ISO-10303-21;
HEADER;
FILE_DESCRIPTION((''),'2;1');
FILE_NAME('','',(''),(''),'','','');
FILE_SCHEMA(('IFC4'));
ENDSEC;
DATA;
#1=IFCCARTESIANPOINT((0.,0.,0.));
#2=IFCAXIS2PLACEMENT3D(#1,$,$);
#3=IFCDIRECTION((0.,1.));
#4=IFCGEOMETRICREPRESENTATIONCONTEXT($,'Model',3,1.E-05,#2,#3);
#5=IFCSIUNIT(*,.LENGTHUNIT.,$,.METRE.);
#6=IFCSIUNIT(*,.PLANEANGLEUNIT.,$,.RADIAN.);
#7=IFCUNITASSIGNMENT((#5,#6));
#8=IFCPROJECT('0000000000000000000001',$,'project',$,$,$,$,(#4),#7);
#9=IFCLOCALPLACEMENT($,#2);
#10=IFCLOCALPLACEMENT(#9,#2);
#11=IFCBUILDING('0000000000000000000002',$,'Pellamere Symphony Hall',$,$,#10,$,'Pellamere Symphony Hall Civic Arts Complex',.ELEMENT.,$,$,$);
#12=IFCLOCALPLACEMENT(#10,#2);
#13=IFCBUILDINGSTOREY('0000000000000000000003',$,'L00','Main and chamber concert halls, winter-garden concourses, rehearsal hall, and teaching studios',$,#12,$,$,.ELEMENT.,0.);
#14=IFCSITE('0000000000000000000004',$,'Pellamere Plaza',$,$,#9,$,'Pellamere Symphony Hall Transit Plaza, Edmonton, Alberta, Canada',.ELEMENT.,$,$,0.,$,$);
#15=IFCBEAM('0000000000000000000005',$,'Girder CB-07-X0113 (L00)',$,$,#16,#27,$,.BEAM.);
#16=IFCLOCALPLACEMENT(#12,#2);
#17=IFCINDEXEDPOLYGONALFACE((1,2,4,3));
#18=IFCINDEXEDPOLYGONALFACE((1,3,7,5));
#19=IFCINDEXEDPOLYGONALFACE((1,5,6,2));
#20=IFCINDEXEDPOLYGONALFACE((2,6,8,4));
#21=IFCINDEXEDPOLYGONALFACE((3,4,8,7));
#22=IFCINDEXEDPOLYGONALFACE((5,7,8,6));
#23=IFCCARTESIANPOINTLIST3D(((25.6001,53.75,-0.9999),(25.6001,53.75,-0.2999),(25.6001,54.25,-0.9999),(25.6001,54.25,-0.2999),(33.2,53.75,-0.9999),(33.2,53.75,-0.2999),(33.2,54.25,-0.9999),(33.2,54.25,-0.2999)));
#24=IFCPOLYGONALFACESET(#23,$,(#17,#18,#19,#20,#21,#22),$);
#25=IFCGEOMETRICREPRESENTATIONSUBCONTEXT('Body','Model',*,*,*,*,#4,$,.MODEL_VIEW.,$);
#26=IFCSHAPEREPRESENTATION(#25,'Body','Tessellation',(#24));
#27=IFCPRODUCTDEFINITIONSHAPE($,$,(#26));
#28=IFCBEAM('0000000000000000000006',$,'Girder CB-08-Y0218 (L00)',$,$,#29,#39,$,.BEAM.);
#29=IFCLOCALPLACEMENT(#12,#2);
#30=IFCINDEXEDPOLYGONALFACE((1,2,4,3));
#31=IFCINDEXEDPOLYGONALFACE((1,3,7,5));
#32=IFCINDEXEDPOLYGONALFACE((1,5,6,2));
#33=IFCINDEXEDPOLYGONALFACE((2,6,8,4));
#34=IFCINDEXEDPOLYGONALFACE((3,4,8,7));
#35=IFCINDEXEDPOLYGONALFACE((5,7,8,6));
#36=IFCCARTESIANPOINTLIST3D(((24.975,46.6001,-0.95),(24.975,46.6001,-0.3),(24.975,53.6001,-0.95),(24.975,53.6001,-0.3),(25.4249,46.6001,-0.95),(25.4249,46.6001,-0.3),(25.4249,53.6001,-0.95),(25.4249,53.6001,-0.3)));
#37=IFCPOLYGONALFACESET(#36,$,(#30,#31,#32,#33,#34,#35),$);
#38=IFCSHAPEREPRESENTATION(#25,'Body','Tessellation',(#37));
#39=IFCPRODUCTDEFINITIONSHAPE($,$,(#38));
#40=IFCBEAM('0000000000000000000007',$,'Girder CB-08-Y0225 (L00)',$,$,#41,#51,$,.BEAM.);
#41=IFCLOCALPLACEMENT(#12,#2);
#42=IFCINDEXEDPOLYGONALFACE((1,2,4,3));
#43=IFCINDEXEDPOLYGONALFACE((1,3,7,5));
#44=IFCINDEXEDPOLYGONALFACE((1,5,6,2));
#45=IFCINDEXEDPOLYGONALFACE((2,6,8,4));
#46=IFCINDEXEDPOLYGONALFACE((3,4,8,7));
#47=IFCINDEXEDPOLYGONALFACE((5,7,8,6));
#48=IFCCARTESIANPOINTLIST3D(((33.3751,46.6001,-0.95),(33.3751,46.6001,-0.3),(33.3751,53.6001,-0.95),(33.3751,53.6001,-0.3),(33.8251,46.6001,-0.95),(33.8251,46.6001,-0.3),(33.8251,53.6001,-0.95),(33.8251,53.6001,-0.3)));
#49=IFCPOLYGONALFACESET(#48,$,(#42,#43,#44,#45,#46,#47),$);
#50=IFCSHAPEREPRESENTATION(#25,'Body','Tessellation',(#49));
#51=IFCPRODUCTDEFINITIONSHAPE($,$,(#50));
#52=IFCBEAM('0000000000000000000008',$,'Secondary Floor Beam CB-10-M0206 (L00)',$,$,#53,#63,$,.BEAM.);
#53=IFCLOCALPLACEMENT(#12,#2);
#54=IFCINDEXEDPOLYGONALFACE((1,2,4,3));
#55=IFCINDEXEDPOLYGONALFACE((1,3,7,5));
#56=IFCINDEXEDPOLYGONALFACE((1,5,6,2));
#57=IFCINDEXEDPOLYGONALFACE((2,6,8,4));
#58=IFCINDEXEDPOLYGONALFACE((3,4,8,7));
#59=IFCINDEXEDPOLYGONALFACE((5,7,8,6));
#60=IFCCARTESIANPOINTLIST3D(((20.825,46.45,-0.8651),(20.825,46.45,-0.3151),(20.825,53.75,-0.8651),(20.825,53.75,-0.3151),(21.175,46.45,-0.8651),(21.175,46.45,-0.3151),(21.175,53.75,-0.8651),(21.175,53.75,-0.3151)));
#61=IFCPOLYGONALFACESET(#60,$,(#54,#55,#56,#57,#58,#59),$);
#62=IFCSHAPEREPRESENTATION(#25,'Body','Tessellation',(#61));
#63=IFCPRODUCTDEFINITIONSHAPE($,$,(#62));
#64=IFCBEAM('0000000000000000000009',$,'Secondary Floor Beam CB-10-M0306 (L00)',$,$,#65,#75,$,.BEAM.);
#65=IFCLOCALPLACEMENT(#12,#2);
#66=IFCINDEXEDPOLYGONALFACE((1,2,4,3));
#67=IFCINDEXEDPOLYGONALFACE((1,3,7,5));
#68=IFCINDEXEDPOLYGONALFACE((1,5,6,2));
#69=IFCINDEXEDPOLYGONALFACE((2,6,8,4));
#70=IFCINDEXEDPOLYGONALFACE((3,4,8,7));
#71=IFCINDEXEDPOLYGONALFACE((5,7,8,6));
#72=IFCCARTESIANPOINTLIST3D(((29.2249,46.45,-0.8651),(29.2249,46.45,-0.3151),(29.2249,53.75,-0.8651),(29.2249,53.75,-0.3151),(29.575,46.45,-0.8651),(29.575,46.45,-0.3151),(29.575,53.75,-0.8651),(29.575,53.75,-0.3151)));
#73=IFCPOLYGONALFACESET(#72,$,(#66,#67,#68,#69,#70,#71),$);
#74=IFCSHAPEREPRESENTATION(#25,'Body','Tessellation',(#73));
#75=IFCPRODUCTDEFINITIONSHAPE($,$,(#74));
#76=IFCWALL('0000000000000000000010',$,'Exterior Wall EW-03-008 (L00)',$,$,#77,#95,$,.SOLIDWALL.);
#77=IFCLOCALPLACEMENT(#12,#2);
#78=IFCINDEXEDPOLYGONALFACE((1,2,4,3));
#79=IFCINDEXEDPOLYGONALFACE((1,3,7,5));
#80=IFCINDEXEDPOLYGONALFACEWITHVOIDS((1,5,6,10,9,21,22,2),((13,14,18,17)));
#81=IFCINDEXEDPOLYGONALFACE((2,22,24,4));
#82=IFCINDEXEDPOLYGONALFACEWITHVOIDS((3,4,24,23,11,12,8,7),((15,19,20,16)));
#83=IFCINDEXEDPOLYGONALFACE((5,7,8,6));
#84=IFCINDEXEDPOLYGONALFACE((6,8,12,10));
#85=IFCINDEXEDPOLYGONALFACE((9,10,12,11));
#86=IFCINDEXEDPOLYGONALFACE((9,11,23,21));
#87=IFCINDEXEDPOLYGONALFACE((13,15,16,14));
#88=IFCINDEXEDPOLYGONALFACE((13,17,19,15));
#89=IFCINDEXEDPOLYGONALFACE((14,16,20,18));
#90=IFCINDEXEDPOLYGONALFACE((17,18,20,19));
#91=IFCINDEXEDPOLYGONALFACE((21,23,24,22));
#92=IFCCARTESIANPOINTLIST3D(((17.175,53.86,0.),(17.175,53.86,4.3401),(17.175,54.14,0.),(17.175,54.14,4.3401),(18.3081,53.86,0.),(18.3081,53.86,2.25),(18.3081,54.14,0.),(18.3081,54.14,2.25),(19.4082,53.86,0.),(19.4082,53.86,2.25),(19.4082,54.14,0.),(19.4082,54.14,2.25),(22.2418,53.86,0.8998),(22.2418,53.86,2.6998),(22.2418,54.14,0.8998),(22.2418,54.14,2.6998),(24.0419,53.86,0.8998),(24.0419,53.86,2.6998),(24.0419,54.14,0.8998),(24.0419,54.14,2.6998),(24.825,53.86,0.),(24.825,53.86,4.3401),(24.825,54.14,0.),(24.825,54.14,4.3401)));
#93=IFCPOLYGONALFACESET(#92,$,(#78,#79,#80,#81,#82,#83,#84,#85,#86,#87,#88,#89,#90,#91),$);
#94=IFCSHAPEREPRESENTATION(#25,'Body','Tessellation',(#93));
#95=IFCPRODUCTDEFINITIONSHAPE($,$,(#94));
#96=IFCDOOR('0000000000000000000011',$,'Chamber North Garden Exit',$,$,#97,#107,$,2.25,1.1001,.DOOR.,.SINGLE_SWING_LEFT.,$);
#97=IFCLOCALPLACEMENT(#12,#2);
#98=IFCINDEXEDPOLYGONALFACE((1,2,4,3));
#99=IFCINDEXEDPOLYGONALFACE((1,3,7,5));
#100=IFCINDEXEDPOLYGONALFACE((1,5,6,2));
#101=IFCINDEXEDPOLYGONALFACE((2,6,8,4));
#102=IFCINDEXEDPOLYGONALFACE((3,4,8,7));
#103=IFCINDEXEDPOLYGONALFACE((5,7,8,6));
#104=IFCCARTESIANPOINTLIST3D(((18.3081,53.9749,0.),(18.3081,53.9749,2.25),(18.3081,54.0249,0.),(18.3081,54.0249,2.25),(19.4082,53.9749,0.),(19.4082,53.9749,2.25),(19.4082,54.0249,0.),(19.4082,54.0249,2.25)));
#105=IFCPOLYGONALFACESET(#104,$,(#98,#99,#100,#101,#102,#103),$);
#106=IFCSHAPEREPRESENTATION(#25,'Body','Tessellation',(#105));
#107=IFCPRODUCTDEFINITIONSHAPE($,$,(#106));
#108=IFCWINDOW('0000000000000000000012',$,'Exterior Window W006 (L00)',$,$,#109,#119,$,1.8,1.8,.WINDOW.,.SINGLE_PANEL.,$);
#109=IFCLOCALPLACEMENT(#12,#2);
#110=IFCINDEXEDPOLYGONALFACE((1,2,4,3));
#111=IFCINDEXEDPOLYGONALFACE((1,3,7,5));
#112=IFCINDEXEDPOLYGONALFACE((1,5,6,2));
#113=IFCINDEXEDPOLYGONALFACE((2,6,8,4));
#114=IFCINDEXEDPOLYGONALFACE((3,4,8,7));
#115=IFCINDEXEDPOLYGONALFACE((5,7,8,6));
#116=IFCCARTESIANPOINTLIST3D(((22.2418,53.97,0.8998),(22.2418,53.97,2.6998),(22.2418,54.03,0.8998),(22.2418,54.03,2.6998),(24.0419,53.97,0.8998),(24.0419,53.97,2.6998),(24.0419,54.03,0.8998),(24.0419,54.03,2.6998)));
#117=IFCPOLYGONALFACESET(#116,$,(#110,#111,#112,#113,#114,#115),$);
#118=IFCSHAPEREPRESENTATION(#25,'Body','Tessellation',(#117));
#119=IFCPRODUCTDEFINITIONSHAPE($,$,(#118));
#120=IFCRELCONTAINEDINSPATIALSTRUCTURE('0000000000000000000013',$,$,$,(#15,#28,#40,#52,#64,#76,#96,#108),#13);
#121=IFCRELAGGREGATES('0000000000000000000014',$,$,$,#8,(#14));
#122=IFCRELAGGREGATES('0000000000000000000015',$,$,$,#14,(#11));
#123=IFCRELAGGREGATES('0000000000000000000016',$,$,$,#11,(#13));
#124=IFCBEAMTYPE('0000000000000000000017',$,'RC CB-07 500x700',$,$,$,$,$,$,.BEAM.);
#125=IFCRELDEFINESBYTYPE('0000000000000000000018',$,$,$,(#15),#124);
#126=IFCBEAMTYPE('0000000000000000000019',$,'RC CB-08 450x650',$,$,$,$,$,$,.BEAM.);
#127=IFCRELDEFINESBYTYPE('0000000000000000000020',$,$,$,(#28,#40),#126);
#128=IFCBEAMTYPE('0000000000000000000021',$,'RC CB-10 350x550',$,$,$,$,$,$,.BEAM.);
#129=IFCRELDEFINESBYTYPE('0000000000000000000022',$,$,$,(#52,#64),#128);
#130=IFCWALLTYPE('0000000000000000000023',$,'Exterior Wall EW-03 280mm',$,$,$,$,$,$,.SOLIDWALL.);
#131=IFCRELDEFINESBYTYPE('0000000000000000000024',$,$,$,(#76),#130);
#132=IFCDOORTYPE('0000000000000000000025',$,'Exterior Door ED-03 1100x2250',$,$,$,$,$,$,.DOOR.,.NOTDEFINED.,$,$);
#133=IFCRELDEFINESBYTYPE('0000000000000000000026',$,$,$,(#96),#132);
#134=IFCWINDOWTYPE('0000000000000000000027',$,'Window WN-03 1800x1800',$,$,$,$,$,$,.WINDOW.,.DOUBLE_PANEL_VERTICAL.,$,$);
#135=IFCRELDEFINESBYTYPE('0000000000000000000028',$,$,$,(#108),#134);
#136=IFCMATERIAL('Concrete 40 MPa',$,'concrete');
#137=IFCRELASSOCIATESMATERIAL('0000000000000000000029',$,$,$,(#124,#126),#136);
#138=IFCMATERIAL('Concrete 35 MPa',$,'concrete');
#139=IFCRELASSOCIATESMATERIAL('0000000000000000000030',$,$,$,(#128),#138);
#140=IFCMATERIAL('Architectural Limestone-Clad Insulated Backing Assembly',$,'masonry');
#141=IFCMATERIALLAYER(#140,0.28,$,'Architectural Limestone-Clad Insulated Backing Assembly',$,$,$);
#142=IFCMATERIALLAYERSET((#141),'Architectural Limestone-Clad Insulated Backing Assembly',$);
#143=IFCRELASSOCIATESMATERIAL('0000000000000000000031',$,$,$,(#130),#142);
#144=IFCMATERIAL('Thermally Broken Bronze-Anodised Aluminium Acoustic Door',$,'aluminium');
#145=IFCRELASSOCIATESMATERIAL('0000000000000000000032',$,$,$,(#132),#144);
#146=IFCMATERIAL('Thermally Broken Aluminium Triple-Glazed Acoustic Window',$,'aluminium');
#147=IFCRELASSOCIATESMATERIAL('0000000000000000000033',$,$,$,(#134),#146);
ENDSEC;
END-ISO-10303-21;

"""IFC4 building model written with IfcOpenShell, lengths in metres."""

from ifc_helpers import new_model, si_unit, direction, frame, frame_2d, origin, origin_2d, place, context, subcontext, project, spatial, rectangle, extrude, material, layer, layer_set, material_profile, profile_set, type_object, element, fill, save


model = new_model("IFC4")

# Units and contexts
model_context = context("Model", 3, precision=1e-05, world=origin(), true_north=direction((0.0, 1.0)))
body_context = subcontext(model_context, "Body", "Model", "MODEL_VIEW")
ifc_project = project(units=[si_unit("LENGTHUNIT", "METRE"), si_unit("PLANEANGLEUNIT", "RADIAN")], contexts=[model_context])

# Site, building, storey
site_placement = place(None, origin())
site = spatial("IfcSite", under=ifc_project, at=site_placement, Name="Pellamere Plaza", LongName="Pellamere Symphony Hall Transit Plaza, Edmonton, Alberta, Canada", CompositionType="ELEMENT", RefElevation=0.0)
building_placement = place(site_placement, origin())
building = spatial("IfcBuilding", under=site, at=building_placement, Name="Pellamere Symphony Hall", LongName="Pellamere Symphony Hall Civic Arts Complex", CompositionType="ELEMENT")
storey_placement = place(building_placement, origin())
storey = spatial("IfcBuildingStorey", under=building, at=storey_placement, Name="L00", Description="Main and chamber concert halls, winter-garden concourses, rehearsal hall, and teaching studios", CompositionType="ELEMENT", Elevation=0.0)

# Shared definitions
ifc_material_1 = material(Name="Concrete 40 MPa", Category="concrete")

# Beams
ifc_material_profile_1 = material_profile(ifc_material_1, rectangle(XDim=0.5, YDim=0.7, at=origin_2d()), Name="RC 500x700")
ifc_profile_set_1 = profile_set([ifc_material_profile_1], Name="Concrete 40 MPa")
beam_type_1 = type_object("IfcBeamType", Name="RC CB-07 500x700", PredefinedType="BEAM", material=ifc_profile_set_1)
beam_1_placement = place(storey_placement, frame((25.6001, 54.0, -0.6499), z_axis=(1.0, 0.0, 0.0), x_axis=(0.0, 1.0, 0.0)))
element("IfcBeam", 1, at=beam_1_placement, inside=storey, type_object=beam_type_1, Name="Girder CB-07-X0113 (L00)", PredefinedType="BEAM", context=body_context, shape_type="SweptSolid", body=[
    extrude(rectangle(XDim=0.5, YDim=0.7, at=origin_2d()), origin(), (0.0, 0.0, 1.0), 7.5999),
])
ifc_material_profile_2 = material_profile(ifc_material_1, rectangle(XDim=0.45, YDim=0.6499, at=origin_2d()), Name="RC 450x650")
ifc_profile_set_2 = profile_set([ifc_material_profile_2], Name="Concrete 40 MPa")
beam_type_2 = type_object("IfcBeamType", Name="RC CB-08 450x650", PredefinedType="BEAM", material=ifc_profile_set_2)
for number, where, z_axis, x_axis, name in (
    (2, (25.2, 46.6001, -0.625), (0.0, 1.0, 0.0), (-1.0, 0.0, 0.0), "Girder CB-08-Y0218 (L00)"),
    (3, (33.6001, 46.6001, -0.625), (0.0, 1.0, 0.0), (-1.0, 0.0, 0.0), "Girder CB-08-Y0225 (L00)"),
):
    element("IfcBeam", number, at=place(storey_placement, frame(where, z_axis=z_axis, x_axis=x_axis)), inside=storey, type_object=beam_type_2, Name=name, PredefinedType="BEAM", context=body_context, shape_type="SweptSolid", body=[
        extrude(rectangle(XDim=0.45, YDim=0.6499, at=origin_2d()), origin(), (0.0, 0.0, 1.0), 7.0),
    ])
ifc_material_2 = material(Name="Concrete 35 MPa", Category="concrete")
ifc_material_profile_3 = material_profile(ifc_material_2, rectangle(XDim=0.3501, YDim=0.55, at=origin_2d()), Name="RC 350x550")
ifc_profile_set_3 = profile_set([ifc_material_profile_3], Name="Concrete 35 MPa")
beam_type_3 = type_object("IfcBeamType", Name="RC CB-10 350x550", PredefinedType="BEAM", material=ifc_profile_set_3)
for number, where, z_axis, x_axis, name in (
    (4, (21.0, 46.45, -0.5901), (0.0, 1.0, 0.0), (-1.0, 0.0, 0.0), "Secondary Floor Beam CB-10-M0206 (L00)"),
    (5, (29.3999, 46.45, -0.5901), (0.0, 1.0, 0.0), (-1.0, 0.0, 0.0), "Secondary Floor Beam CB-10-M0306 (L00)"),
):
    element("IfcBeam", number, at=place(storey_placement, frame(where, z_axis=z_axis, x_axis=x_axis)), inside=storey, type_object=beam_type_3, Name=name, PredefinedType="BEAM", context=body_context, shape_type="SweptSolid", body=[
        extrude(rectangle(XDim=0.3501, YDim=0.55, at=origin_2d()), origin(), (0.0, 0.0, 1.0), 7.3),
    ])

# Wall, openings, door, window
ifc_material_3 = material(Name="Architectural Limestone-Clad Insulated Backing Assembly", Category="masonry")
ifc_layer = layer(ifc_material_3, 0.28, Name="Architectural Limestone-Clad Insulated Backing Assembly")
ifc_layer_set = layer_set([ifc_layer], Name="Architectural Limestone-Clad Insulated Backing Assembly")
wall_type = type_object("IfcWallType", Name="Exterior Wall EW-03 280mm", PredefinedType="SOLIDWALL", material=ifc_layer_set)
wall_placement = place(storey_placement, frame((17.175, 54.0, 0.0), z_axis=(0.0, 0.0, 1.0), x_axis=(1.0, 0.0, 0.0)))
wall = element("IfcWall", 6, at=wall_placement, inside=storey, type_object=wall_type, Name="Exterior Wall EW-03-008 (L00)", PredefinedType="SOLIDWALL", context=body_context, shape_type="SweptSolid", body=[
    extrude(rectangle(XDim=7.6499, YDim=0.28, at=frame_2d((3.825, 0.0))), origin(), (0.0, 0.0, 1.0), 4.3401),
])
opening_1_placement = place(wall_placement, frame((5.0669, 0.0, 0.8999)))
opening_1 = element("IfcOpeningElement", 7, at=opening_1_placement, cuts=wall, PredefinedType="OPENING", context=body_context, shape_type="SweptSolid", body=[
    extrude(rectangle(XDim=1.8, YDim=1.8, at=frame_2d((0.8999, 0.8999))), frame((0.0, 0.1499, 0.0), z_axis=(0.0, -1.0, 0.0), x_axis=(1.0, 0.0, 0.0)), (0.0, 0.0, 1.0), 0.3),
])
opening_2_placement = place(wall_placement, frame((1.1331, 0.0, 0.0)))
opening_2 = element("IfcOpeningElement", 8, at=opening_2_placement, cuts=wall, PredefinedType="OPENING", context=body_context, shape_type="SweptSolid", body=[
    extrude(rectangle(XDim=1.1001, YDim=2.25, at=frame_2d((0.55, 1.125))), frame((0.0, 0.1499, 0.0), z_axis=(0.0, -1.0, 0.0), x_axis=(1.0, 0.0, 0.0)), (0.0, 0.0, 1.0), 0.3),
])
ifc_material_4 = material(Name="Thermally Broken Bronze-Anodised Aluminium Acoustic Door", Category="aluminium")
door_type = type_object("IfcDoorType", Name="Exterior Door ED-03 1100x2250", OperationType="NOTDEFINED", PredefinedType="DOOR", material=ifc_material_4)
door_placement = place(opening_2_placement, origin())
door = element("IfcDoor", 9, at=door_placement, inside=storey, type_object=door_type, Name="Chamber North Garden Exit", OperationType="SINGLE_SWING_LEFT", OverallHeight=2.25, OverallWidth=1.1001, PredefinedType="DOOR", context=body_context, shape_type="SweptSolid", body=[
    extrude(rectangle(XDim=1.1001, YDim=2.25, at=frame_2d((0.55, 1.125))), frame((0.0, 0.0249, 0.0), z_axis=(0.0, -1.0, 0.0), x_axis=(1.0, 0.0, 0.0)), (0.0, 0.0, 1.0), 0.05),
])
fill(opening_2, door)
ifc_material_5 = material(Name="Thermally Broken Aluminium Triple-Glazed Acoustic Window", Category="aluminium")
window_type = type_object("IfcWindowType", Name="Window WN-03 1800x1800", PartitioningType="DOUBLE_PANEL_VERTICAL", PredefinedType="WINDOW", material=ifc_material_5)
window_placement = place(opening_1_placement, origin())
window = element("IfcWindow", 10, at=window_placement, inside=storey, type_object=window_type, Name="Exterior Window W006 (L00)", OverallHeight=1.8, OverallWidth=1.8, PartitioningType="SINGLE_PANEL", PredefinedType="WINDOW", context=body_context, shape_type="SweptSolid", body=[
    extrude(rectangle(XDim=1.8, YDim=1.8, at=frame_2d((0.8999, 0.8999))), frame((0.0, 0.03, 0.0), z_axis=(0.0, -1.0, 0.0), x_axis=(1.0, 0.0, 0.0)), (0.0, 0.0, 1.0), 0.0601),
])
fill(opening_1, window)

save(model, "model.ifc")
